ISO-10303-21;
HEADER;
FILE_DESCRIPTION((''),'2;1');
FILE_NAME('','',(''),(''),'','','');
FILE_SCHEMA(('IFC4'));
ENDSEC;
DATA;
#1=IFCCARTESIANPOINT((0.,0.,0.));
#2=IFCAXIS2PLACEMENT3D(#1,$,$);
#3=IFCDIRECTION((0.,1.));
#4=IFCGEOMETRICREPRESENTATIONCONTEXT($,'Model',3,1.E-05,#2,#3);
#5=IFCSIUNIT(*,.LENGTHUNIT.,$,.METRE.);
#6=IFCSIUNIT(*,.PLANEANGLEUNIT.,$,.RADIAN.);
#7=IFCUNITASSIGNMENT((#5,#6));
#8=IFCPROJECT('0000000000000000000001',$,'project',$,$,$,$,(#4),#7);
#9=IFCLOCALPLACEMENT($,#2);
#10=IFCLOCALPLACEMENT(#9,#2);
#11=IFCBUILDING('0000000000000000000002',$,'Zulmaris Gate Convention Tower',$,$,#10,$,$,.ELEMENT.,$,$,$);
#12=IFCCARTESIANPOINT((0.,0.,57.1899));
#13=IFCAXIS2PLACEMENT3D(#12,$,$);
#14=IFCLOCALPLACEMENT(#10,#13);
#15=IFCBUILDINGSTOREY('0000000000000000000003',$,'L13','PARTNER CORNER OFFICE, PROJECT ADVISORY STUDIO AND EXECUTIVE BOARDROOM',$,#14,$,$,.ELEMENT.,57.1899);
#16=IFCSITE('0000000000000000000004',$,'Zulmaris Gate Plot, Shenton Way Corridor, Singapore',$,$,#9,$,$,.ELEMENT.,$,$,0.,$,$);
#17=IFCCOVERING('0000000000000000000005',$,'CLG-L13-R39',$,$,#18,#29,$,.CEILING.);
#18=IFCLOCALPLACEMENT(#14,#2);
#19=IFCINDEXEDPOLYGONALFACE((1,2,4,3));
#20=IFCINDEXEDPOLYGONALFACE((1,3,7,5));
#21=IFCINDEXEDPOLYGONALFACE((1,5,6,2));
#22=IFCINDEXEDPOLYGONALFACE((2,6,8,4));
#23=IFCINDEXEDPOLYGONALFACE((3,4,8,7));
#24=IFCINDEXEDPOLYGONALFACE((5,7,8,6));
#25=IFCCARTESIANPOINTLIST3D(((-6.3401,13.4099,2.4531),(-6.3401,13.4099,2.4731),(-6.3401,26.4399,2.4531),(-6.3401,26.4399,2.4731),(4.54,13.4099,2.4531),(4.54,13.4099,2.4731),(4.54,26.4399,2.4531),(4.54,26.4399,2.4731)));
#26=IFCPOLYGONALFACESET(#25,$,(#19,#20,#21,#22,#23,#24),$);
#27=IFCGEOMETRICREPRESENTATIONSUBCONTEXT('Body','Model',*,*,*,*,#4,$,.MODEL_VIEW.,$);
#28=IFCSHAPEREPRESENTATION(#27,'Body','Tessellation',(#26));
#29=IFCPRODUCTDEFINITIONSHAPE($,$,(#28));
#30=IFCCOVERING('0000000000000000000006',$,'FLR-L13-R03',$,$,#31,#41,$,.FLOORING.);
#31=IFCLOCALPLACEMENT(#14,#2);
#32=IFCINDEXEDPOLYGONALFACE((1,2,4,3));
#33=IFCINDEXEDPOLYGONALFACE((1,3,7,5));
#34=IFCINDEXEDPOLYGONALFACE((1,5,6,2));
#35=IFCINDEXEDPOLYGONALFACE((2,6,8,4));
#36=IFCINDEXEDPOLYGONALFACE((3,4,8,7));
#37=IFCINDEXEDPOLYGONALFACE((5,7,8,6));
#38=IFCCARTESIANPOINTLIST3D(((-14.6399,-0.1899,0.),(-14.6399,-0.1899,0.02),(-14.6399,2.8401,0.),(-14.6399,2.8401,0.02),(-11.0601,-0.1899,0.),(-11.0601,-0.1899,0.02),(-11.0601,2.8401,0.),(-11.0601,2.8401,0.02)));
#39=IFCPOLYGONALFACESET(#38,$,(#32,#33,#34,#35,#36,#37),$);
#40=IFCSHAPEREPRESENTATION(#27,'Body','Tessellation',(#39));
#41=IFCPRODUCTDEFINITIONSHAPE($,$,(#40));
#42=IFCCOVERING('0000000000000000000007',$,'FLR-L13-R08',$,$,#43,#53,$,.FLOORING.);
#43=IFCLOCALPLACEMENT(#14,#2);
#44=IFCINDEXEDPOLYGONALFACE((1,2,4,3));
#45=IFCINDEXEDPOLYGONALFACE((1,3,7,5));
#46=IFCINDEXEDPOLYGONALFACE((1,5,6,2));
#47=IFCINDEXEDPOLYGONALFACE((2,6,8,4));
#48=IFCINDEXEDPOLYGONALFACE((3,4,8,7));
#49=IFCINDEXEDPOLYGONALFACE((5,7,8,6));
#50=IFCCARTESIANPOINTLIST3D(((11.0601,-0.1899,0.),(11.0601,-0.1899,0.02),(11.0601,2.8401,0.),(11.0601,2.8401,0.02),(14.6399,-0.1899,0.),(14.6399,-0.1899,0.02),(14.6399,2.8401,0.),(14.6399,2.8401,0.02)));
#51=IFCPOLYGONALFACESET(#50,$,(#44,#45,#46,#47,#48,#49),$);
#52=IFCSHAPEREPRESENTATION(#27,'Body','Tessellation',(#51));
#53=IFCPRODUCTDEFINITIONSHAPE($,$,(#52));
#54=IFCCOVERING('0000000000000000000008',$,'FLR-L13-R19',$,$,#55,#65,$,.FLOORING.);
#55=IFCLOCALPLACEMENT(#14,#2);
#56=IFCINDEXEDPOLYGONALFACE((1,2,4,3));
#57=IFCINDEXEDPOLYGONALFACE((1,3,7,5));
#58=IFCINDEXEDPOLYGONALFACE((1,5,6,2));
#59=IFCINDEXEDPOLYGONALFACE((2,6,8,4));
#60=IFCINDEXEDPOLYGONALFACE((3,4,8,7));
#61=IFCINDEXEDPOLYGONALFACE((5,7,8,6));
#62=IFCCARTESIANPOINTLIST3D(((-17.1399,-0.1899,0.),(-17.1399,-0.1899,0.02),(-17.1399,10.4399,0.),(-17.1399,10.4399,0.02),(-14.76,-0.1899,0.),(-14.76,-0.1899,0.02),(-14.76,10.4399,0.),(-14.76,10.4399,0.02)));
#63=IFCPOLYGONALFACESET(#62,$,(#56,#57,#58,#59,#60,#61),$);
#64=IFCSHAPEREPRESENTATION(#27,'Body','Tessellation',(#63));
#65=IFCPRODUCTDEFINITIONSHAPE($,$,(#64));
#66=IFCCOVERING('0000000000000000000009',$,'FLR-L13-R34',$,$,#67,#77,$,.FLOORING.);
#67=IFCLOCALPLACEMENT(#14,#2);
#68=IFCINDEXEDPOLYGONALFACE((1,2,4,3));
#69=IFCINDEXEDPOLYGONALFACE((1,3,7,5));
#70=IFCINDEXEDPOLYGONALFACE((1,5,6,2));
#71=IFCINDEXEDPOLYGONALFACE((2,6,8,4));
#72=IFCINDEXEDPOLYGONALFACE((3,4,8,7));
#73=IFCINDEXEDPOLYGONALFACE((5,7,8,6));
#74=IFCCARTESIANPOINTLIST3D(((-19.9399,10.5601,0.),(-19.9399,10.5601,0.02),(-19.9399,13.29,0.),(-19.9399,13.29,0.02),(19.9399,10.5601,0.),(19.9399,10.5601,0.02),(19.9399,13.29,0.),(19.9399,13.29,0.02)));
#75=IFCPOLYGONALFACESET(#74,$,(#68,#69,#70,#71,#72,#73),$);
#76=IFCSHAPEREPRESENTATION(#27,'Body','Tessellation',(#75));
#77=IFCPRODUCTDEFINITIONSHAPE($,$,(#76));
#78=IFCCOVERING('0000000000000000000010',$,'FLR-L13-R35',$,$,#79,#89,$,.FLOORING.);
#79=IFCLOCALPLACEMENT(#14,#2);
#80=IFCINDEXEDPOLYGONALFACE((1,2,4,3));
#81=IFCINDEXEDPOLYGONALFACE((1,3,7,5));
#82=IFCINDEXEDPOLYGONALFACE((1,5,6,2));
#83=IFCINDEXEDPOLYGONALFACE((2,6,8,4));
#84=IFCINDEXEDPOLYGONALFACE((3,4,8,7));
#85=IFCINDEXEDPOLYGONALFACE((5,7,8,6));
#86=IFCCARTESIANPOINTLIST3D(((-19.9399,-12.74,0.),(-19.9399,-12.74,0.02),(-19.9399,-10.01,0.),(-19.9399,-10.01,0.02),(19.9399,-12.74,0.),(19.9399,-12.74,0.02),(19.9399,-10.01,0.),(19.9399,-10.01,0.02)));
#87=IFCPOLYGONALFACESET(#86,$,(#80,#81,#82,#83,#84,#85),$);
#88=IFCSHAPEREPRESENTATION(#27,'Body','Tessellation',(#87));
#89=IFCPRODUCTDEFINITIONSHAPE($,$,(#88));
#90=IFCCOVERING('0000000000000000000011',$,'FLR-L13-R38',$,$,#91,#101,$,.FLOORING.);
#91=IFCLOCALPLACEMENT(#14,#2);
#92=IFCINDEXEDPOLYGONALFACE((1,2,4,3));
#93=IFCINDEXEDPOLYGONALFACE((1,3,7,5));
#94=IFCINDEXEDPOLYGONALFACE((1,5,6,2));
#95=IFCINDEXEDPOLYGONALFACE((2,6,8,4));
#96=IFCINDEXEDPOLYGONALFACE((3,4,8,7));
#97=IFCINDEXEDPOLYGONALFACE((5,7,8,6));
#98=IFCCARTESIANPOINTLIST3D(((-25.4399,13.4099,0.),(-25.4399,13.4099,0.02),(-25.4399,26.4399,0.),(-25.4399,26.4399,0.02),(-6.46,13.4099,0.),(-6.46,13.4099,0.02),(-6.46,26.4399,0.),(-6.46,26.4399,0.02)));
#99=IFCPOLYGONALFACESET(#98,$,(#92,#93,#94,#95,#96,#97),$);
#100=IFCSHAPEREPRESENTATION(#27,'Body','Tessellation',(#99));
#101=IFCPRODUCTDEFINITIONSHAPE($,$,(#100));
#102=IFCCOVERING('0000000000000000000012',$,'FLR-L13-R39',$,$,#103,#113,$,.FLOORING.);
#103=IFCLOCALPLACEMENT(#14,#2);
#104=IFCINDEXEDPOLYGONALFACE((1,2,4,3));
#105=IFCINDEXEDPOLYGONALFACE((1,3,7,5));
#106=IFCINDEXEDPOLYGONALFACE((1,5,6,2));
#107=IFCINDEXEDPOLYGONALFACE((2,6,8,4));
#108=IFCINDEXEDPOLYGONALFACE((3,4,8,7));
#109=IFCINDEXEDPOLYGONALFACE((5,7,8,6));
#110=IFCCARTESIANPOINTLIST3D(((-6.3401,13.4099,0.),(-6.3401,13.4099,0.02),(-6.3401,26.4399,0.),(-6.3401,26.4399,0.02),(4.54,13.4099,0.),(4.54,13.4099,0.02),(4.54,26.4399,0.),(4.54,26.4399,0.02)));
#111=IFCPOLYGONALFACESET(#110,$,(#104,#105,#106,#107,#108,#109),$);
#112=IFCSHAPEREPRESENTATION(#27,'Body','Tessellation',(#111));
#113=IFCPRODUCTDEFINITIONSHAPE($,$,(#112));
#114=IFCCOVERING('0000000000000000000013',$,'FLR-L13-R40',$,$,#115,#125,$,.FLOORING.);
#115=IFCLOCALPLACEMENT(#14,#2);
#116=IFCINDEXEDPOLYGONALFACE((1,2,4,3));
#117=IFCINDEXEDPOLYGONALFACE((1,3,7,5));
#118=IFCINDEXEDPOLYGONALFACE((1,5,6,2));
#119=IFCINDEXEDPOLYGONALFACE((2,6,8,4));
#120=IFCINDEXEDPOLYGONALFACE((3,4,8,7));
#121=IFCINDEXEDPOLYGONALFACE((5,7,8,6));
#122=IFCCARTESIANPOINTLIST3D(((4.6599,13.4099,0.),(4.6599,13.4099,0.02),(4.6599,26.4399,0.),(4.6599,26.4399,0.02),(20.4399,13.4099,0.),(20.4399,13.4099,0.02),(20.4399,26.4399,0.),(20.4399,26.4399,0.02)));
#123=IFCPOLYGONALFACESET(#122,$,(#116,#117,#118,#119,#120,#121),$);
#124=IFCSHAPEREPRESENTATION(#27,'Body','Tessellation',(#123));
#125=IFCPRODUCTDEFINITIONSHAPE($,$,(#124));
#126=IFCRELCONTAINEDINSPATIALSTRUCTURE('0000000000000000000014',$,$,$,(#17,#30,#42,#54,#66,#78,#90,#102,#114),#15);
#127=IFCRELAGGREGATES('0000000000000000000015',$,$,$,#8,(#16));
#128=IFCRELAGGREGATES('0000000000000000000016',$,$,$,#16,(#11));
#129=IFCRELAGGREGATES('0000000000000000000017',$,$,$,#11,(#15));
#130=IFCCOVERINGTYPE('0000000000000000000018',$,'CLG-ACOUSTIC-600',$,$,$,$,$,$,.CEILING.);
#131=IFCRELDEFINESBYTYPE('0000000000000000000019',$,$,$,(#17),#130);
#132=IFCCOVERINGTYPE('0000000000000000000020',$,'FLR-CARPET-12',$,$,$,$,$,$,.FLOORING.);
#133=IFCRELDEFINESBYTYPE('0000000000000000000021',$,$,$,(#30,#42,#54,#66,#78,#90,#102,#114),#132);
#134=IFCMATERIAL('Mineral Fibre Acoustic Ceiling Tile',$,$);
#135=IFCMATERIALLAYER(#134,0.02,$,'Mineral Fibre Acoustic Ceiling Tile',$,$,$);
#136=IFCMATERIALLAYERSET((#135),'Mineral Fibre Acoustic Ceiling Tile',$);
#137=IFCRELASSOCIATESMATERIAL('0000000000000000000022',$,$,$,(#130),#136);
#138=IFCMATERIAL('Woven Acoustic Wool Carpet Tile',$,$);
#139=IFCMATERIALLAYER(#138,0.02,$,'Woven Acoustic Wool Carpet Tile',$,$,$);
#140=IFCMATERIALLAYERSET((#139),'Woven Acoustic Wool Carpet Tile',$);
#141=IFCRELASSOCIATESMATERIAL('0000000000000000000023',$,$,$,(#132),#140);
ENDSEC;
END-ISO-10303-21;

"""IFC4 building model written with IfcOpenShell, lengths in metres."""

from ifc_helpers import new_model, si_unit, direction, frame, origin, place, context, subcontext, project, spatial, polyline, outline, extrude, material, layer, layer_set, type_object, element, save


model = new_model("IFC4")

# Units and contexts
model_context = context("Model", 3, precision=1e-05, world=origin(), true_north=direction((0.0, 1.0)))
body_context = subcontext(model_context, "Body", "Model", "MODEL_VIEW")
ifc_project = project(units=[si_unit("LENGTHUNIT", "METRE"), si_unit("PLANEANGLEUNIT", "RADIAN")], contexts=[model_context])

# Site, building, storey
site_placement = place(None, origin())
site = spatial("IfcSite", under=ifc_project, at=site_placement, Name="Zulmaris Gate Plot, Shenton Way Corridor, Singapore", CompositionType="ELEMENT", RefElevation=0.0)
building_placement = place(site_placement, origin())
building = spatial("IfcBuilding", under=site, at=building_placement, Name="Zulmaris Gate Convention Tower", CompositionType="ELEMENT")
storey_placement = place(building_placement, frame((0.0, 0.0, 57.1899)))
storey = spatial("IfcBuildingStorey", under=building, at=storey_placement, Name="L13", Description="PARTNER CORNER OFFICE, PROJECT ADVISORY STUDIO AND EXECUTIVE BOARDROOM", CompositionType="ELEMENT", Elevation=57.1899)

# Coverings
ifc_material_1 = material(Name="Mineral Fibre Acoustic Ceiling Tile")
ifc_layer_1 = layer(ifc_material_1, 0.02, Name="Mineral Fibre Acoustic Ceiling Tile")
ifc_layer_set_1 = layer_set([ifc_layer_1], Name="Mineral Fibre Acoustic Ceiling Tile")
covering_type_1 = type_object("IfcCoveringType", Name="CLG-ACOUSTIC-600", PredefinedType="CEILING", material=ifc_layer_set_1)
covering_1_placement = place(storey_placement, frame((0.0, 0.0, 2.4531)))
element("IfcCovering", 1, at=covering_1_placement, inside=storey, type_object=covering_type_1, Name="CLG-L13-R39", PredefinedType="CEILING", context=body_context, shape_type="SweptSolid", body=[
    extrude(outline(polyline([(-6.3401, 13.4099), (4.54, 13.4099), (4.54, 26.4399), (-6.3401, 26.4399), (-6.3401, 13.4099)])), origin(), (0.0, 0.0, 1.0), 0.02),
])
ifc_material_2 = material(Name="Woven Acoustic Wool Carpet Tile")
ifc_layer_2 = layer(ifc_material_2, 0.02, Name="Woven Acoustic Wool Carpet Tile")
ifc_layer_set_2 = layer_set([ifc_layer_2], Name="Woven Acoustic Wool Carpet Tile")
covering_type_2 = type_object("IfcCoveringType", Name="FLR-CARPET-12", PredefinedType="FLOORING", material=ifc_layer_set_2)
covering_2_placement = place(storey_placement, origin())
element("IfcCovering", 2, at=covering_2_placement, inside=storey, type_object=covering_type_2, Name="FLR-L13-R03", PredefinedType="FLOORING", context=body_context, shape_type="SweptSolid", body=[
    extrude(outline(polyline([(-14.6399, -0.1899), (-11.0601, -0.1899), (-11.0601, 2.8401), (-14.6399, 2.8401), (-14.6399, -0.1899)])), origin(), (0.0, 0.0, 1.0), 0.02),
])
covering_3_placement = place(storey_placement, origin())
element("IfcCovering", 3, at=covering_3_placement, inside=storey, type_object=covering_type_2, Name="FLR-L13-R08", PredefinedType="FLOORING", context=body_context, shape_type="SweptSolid", body=[
    extrude(outline(polyline([(11.0601, -0.1899), (14.6399, -0.1899), (14.6399, 2.8401), (11.0601, 2.8401), (11.0601, -0.1899)])), origin(), (0.0, 0.0, 1.0), 0.02),
])
covering_4_placement = place(storey_placement, origin())
element("IfcCovering", 4, at=covering_4_placement, inside=storey, type_object=covering_type_2, Name="FLR-L13-R19", PredefinedType="FLOORING", context=body_context, shape_type="SweptSolid", body=[
    extrude(outline(polyline([(-17.1399, -0.1899), (-14.76, -0.1899), (-14.76, 10.4399), (-17.1399, 10.4399), (-17.1399, -0.1899)])), origin(), (0.0, 0.0, 1.0), 0.02),
])
covering_5_placement = place(storey_placement, origin())
element("IfcCovering", 5, at=covering_5_placement, inside=storey, type_object=covering_type_2, Name="FLR-L13-R34", PredefinedType="FLOORING", context=body_context, shape_type="SweptSolid", body=[
    extrude(outline(polyline([(-19.9399, 10.5601), (19.9399, 10.5601), (19.9399, 13.29), (-19.9399, 13.29), (-19.9399, 10.5601)])), origin(), (0.0, 0.0, 1.0), 0.02),
])
covering_6_placement = place(storey_placement, origin())
element("IfcCovering", 6, at=covering_6_placement, inside=storey, type_object=covering_type_2, Name="FLR-L13-R35", PredefinedType="FLOORING", context=body_context, shape_type="SweptSolid", body=[
    extrude(outline(polyline([(-19.9399, -12.74), (19.9399, -12.74), (19.9399, -10.01), (-19.9399, -10.01), (-19.9399, -12.74)])), origin(), (0.0, 0.0, 1.0), 0.02),
])
covering_7_placement = place(storey_placement, origin())
element("IfcCovering", 7, at=covering_7_placement, inside=storey, type_object=covering_type_2, Name="FLR-L13-R38", PredefinedType="FLOORING", context=body_context, shape_type="SweptSolid", body=[
    extrude(outline(polyline([(-25.4399, 13.4099), (-6.46, 13.4099), (-6.46, 26.4399), (-25.4399, 26.4399), (-25.4399, 13.4099)])), origin(), (0.0, 0.0, 1.0), 0.02),
])
covering_8_placement = place(storey_placement, origin())
element("IfcCovering", 8, at=covering_8_placement, inside=storey, type_object=covering_type_2, Name="FLR-L13-R39", PredefinedType="FLOORING", context=body_context, shape_type="SweptSolid", body=[
    extrude(outline(polyline([(-6.3401, 13.4099), (4.54, 13.4099), (4.54, 26.4399), (-6.3401, 26.4399), (-6.3401, 13.4099)])), origin(), (0.0, 0.0, 1.0), 0.02),
])
covering_9_placement = place(storey_placement, origin())
element("IfcCovering", 9, at=covering_9_placement, inside=storey, type_object=covering_type_2, Name="FLR-L13-R40", PredefinedType="FLOORING", context=body_context, shape_type="SweptSolid", body=[
    extrude(outline(polyline([(4.6599, 13.4099), (20.4399, 13.4099), (20.4399, 26.4399), (4.6599, 26.4399), (4.6599, 13.4099)])), origin(), (0.0, 0.0, 1.0), 0.02),
])

save(model, "model.ifc")
